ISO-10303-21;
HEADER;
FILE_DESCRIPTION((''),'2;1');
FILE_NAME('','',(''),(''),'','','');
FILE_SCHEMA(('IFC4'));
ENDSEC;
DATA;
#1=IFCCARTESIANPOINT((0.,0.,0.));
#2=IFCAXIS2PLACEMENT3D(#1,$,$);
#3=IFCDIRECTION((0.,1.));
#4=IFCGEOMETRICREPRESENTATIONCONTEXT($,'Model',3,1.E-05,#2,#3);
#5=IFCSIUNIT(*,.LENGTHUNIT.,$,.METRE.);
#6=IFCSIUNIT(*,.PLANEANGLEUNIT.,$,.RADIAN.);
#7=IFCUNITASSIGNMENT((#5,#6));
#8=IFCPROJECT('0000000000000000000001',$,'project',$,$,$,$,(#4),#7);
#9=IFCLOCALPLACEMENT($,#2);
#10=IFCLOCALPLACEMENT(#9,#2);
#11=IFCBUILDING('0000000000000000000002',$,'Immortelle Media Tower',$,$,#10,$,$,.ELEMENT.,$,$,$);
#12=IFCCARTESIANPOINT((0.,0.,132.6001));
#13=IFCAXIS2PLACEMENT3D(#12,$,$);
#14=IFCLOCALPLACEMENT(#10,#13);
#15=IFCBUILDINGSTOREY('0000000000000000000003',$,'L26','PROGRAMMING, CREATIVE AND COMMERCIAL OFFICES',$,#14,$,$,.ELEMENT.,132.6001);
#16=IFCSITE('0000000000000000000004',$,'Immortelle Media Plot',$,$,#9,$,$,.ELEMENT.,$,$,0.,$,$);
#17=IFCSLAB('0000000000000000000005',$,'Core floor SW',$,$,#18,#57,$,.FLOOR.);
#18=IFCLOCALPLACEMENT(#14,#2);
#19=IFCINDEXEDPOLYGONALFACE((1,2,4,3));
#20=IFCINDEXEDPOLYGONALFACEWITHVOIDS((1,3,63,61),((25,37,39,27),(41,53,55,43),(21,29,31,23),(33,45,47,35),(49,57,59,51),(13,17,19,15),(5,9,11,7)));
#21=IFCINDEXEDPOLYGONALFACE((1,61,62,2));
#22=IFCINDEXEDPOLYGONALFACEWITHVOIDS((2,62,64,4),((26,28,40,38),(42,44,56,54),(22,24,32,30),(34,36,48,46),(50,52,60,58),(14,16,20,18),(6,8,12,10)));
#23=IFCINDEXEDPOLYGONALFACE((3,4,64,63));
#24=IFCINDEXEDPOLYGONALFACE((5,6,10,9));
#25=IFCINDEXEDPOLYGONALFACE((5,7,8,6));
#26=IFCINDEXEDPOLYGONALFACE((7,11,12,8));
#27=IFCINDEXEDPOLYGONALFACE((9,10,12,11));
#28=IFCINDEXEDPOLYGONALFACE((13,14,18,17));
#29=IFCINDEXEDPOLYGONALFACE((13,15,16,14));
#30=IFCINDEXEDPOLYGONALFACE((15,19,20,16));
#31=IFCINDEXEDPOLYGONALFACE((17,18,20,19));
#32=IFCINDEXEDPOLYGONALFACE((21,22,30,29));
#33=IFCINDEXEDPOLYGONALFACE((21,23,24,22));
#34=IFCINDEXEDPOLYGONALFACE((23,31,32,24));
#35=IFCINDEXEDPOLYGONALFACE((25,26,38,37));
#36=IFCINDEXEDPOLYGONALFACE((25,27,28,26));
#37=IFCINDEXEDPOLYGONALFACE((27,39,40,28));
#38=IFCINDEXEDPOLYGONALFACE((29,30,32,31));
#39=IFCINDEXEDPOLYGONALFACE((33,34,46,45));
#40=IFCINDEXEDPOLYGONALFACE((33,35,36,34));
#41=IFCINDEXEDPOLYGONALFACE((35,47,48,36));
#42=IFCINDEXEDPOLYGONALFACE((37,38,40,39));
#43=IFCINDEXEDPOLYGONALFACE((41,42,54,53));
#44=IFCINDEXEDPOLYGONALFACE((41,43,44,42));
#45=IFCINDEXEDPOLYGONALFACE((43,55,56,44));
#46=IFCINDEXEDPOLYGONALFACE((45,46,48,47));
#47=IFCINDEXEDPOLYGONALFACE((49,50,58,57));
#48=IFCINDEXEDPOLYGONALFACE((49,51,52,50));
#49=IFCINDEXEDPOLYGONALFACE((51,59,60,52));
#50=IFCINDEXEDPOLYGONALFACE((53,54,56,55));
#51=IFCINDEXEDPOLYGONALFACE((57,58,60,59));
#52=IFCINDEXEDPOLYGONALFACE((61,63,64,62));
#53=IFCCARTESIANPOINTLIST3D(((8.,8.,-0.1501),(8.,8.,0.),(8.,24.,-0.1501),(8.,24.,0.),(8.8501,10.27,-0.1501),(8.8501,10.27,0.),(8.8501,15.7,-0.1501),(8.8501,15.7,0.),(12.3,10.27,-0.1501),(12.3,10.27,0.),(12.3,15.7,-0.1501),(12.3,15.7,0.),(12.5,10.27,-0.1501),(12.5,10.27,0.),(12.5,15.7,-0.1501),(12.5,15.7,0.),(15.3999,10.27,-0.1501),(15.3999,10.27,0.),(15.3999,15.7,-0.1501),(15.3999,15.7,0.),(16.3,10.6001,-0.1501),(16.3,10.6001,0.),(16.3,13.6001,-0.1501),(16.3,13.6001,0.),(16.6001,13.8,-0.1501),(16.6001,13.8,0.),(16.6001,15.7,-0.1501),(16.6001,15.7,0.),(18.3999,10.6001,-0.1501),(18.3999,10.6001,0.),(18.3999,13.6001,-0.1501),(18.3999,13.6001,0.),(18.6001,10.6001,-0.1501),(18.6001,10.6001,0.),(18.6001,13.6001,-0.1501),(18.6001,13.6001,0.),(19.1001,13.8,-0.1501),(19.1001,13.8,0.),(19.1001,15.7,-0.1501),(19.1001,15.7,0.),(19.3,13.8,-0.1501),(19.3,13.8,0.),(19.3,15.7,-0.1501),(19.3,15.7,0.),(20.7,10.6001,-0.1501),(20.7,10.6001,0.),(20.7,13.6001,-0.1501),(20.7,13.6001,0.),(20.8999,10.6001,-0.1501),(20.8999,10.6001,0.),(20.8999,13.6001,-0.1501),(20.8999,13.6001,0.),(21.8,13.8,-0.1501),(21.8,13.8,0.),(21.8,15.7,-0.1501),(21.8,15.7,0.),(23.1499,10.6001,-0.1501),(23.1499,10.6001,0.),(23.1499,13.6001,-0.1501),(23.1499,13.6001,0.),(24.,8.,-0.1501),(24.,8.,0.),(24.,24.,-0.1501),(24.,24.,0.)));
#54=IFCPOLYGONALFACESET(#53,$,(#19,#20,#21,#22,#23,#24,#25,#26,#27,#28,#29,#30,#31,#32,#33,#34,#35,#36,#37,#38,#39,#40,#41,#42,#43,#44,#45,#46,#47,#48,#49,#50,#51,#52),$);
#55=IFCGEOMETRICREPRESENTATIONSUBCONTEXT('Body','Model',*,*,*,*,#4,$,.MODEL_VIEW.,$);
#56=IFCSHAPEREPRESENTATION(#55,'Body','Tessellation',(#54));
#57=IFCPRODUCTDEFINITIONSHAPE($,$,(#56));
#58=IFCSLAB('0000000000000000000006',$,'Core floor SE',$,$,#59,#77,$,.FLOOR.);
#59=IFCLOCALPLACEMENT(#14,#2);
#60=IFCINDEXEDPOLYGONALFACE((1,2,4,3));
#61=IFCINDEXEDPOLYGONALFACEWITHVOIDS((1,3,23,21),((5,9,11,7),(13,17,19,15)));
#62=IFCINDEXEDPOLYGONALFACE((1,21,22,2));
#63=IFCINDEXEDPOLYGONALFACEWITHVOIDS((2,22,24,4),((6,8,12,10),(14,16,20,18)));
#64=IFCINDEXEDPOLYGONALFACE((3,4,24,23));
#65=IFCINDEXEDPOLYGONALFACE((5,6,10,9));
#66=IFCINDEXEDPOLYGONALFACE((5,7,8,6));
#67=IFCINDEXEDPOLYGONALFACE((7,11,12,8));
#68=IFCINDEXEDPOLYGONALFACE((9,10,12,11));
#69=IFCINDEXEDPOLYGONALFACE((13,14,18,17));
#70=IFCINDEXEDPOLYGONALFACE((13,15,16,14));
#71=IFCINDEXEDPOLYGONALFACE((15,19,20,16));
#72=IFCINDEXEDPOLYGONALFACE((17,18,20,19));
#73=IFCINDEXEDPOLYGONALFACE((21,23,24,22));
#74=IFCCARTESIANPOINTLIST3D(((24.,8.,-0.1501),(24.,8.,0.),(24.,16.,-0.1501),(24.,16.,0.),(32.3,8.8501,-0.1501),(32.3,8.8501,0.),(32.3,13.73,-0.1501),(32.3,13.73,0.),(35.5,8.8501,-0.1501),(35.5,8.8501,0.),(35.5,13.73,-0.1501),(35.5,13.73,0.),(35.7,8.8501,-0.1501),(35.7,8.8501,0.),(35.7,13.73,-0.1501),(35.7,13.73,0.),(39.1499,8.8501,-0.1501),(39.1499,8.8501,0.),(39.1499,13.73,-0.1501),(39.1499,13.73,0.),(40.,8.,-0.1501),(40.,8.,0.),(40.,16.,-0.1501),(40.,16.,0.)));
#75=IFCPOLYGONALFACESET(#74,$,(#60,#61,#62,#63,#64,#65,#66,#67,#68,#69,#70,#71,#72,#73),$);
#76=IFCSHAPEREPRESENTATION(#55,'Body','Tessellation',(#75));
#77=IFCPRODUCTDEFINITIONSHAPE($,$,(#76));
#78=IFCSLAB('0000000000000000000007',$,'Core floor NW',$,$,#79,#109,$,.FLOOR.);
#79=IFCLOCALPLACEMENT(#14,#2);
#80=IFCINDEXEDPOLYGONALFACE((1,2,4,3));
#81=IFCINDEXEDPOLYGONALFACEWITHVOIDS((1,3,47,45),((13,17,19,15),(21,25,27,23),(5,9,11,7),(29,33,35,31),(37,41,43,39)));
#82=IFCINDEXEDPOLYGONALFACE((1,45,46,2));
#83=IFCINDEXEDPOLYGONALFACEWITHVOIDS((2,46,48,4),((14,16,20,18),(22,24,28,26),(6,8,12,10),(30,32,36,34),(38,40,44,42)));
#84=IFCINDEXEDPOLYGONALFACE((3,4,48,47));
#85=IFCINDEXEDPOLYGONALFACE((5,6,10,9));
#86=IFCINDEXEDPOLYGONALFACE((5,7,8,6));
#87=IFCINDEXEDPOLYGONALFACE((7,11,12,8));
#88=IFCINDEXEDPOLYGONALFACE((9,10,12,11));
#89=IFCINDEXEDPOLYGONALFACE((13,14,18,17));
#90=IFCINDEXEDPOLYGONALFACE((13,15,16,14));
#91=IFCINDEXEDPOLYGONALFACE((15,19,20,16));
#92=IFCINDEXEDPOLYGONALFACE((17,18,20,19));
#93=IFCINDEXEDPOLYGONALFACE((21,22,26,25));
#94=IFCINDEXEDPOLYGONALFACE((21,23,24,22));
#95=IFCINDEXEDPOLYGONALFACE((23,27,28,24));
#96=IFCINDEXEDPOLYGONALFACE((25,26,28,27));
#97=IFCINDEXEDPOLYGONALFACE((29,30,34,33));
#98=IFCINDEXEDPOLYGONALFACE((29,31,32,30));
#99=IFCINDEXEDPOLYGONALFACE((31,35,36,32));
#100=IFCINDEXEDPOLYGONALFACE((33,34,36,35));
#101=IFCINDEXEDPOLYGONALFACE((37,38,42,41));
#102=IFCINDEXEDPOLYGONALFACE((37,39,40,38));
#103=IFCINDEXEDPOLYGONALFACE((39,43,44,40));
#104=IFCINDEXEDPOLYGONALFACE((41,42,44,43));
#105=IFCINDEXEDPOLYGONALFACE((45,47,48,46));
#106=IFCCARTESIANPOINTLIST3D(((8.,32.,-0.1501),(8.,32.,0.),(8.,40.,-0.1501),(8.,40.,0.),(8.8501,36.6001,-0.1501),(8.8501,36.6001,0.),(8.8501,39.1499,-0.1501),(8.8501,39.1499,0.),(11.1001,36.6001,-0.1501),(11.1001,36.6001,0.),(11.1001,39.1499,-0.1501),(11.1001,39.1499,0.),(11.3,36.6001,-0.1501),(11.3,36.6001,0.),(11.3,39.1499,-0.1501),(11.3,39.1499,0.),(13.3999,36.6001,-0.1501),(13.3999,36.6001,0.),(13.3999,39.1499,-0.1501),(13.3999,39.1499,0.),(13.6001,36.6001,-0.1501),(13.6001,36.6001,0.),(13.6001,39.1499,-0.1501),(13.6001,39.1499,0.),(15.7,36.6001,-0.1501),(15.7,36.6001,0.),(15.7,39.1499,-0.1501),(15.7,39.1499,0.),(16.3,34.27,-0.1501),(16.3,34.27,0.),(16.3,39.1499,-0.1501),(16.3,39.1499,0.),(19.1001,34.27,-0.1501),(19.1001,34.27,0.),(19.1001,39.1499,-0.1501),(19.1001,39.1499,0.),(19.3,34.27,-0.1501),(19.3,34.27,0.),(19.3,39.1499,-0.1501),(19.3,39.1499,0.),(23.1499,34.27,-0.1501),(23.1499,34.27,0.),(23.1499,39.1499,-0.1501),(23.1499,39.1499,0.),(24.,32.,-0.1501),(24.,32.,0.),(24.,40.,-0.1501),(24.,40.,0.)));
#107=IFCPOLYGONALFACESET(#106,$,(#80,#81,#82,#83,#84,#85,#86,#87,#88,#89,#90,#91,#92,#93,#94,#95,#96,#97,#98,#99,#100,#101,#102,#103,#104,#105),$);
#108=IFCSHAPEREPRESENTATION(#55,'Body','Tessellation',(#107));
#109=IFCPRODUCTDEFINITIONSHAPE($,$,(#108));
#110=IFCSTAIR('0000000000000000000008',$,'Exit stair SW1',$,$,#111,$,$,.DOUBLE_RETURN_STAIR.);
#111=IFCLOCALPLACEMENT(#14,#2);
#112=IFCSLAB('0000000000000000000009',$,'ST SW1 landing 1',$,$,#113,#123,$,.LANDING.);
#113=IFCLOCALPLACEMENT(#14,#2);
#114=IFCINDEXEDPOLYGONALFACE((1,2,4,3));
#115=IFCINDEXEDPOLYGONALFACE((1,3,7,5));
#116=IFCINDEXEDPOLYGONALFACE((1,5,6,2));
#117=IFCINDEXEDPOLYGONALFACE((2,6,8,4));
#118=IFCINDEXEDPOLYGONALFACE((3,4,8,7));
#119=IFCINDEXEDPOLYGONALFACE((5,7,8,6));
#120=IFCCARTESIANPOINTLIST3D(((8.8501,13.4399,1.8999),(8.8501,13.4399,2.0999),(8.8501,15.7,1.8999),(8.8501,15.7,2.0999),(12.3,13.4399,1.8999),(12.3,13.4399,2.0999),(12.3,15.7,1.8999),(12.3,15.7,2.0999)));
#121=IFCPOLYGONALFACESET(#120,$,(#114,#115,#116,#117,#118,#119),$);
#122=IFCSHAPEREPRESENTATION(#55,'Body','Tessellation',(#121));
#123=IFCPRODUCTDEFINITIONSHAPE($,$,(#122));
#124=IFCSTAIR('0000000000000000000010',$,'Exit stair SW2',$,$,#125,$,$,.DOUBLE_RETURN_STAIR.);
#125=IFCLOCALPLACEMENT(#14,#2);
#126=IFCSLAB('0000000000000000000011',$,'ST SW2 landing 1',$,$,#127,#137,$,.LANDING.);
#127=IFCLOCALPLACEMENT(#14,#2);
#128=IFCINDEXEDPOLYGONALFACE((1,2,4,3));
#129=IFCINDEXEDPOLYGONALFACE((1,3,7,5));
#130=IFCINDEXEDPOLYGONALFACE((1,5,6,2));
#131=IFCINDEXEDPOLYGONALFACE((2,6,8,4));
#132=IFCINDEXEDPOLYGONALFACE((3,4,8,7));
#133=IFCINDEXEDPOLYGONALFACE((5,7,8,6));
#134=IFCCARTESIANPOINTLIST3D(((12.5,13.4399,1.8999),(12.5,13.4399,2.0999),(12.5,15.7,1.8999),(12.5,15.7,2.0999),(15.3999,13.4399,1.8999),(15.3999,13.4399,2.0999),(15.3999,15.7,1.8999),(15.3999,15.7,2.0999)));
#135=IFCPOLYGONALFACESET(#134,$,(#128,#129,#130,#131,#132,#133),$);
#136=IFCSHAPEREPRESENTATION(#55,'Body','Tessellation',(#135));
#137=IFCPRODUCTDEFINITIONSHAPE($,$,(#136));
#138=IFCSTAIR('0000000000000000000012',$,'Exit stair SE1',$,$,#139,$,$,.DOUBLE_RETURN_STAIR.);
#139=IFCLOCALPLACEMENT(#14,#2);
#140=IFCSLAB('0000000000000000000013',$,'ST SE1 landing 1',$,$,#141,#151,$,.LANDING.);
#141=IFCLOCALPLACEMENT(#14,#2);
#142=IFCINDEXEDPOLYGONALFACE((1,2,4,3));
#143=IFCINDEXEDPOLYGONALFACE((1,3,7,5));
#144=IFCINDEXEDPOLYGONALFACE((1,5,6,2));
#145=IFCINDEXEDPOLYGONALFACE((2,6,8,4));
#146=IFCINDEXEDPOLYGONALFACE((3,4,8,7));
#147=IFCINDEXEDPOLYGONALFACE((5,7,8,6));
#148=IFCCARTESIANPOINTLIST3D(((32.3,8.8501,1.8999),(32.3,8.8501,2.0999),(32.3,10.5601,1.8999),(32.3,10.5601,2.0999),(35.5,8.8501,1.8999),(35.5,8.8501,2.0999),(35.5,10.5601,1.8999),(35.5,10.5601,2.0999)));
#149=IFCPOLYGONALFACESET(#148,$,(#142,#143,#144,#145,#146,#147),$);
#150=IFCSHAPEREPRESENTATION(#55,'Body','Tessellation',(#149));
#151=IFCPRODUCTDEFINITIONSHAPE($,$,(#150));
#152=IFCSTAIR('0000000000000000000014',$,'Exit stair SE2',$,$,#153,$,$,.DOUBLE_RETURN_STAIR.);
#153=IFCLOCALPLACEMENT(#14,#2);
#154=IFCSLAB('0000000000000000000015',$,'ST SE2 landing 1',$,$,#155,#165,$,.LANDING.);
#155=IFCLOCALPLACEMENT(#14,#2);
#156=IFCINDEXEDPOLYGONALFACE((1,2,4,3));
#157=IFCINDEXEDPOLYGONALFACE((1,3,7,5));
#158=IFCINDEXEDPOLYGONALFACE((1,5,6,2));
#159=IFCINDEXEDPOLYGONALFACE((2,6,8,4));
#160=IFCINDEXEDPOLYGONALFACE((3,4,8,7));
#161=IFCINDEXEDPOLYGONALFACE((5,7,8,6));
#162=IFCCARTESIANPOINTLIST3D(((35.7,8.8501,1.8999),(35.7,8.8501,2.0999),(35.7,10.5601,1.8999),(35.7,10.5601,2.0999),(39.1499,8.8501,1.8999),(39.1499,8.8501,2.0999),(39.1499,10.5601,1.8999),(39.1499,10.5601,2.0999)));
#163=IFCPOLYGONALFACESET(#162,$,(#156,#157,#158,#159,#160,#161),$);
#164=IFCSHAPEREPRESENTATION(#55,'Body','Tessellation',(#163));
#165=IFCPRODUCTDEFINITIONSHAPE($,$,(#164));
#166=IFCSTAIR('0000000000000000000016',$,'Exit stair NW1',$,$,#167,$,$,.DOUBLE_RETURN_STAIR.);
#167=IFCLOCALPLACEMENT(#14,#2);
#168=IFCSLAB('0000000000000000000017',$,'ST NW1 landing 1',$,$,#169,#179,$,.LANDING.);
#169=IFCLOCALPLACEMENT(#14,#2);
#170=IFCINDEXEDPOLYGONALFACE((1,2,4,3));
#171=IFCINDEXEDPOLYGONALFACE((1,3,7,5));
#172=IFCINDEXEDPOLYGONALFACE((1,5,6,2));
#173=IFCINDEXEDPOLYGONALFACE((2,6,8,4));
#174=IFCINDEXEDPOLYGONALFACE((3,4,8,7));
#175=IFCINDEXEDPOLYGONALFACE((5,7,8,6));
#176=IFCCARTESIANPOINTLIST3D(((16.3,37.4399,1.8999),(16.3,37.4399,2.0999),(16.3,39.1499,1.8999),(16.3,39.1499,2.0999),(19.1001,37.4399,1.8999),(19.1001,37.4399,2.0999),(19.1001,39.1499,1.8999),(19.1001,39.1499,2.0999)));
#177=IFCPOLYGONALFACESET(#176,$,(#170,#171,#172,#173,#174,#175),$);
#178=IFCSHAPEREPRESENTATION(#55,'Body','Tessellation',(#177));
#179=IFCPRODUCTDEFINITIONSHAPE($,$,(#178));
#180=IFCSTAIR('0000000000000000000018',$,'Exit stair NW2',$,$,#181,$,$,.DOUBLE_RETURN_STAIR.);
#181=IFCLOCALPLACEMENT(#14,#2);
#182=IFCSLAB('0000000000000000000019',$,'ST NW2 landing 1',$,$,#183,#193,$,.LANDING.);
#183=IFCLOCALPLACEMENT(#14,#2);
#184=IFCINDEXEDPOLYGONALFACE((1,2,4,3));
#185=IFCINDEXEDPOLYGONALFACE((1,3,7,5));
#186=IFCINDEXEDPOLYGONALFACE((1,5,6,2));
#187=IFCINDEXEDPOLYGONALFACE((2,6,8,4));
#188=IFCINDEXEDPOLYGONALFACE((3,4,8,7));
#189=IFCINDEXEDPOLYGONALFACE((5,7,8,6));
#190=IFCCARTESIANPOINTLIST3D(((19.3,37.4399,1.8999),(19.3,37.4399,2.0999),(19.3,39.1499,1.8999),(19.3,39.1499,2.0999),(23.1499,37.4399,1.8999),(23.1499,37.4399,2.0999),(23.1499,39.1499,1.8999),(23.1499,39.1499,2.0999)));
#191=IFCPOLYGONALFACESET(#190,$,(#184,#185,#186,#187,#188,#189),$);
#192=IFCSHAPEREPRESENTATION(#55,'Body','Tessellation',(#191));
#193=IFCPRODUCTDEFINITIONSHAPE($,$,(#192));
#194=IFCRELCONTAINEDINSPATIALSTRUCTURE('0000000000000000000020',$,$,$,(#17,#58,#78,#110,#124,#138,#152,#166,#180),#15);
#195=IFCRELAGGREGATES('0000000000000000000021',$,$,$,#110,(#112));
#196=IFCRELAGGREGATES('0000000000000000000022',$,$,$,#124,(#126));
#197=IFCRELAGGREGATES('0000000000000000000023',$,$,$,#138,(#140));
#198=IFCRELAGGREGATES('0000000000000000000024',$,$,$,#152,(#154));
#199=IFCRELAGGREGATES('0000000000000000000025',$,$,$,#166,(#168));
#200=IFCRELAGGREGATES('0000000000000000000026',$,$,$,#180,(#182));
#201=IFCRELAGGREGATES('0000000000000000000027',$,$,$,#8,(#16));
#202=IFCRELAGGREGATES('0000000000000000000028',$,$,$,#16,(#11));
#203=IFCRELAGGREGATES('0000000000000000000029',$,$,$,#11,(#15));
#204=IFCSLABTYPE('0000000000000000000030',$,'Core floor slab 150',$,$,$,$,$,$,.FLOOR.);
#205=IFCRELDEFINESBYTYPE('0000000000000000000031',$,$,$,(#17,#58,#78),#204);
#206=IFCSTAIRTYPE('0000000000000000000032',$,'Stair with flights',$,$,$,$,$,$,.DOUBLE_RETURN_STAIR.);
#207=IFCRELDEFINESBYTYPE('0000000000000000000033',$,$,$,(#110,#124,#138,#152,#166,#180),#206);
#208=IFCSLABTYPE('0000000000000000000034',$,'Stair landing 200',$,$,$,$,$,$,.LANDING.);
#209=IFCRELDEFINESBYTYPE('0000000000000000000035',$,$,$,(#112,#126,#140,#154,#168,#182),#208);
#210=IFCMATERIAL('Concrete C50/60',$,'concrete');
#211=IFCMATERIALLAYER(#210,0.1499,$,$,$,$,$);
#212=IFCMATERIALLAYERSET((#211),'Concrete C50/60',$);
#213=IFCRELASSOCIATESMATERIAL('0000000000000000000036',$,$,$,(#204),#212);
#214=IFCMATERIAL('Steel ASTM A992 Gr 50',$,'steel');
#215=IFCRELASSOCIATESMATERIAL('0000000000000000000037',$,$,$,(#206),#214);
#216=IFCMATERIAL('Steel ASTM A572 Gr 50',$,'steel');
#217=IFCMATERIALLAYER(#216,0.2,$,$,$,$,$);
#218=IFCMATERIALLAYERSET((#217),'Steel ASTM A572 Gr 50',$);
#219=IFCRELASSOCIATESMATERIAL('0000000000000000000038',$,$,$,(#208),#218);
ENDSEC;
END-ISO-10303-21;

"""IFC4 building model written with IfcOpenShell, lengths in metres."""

from ifc_helpers import new_model, si_unit, direction, frame, origin, place, context, subcontext, project, spatial, polyline, outline, extrude, material, layer, layer_set, type_object, element, aggregate, save


model = new_model("IFC4")

# Units and contexts
model_context = context("Model", 3, precision=1e-05, world=origin(), true_north=direction((0.0, 1.0)))
body_context = subcontext(model_context, "Body", "Model", "MODEL_VIEW")
ifc_project = project(units=[si_unit("LENGTHUNIT", "METRE"), si_unit("PLANEANGLEUNIT", "RADIAN")], contexts=[model_context])

# Site, building, storey
site_placement = place(None, origin())
site = spatial("IfcSite", under=ifc_project, at=site_placement, Name="Immortelle Media Plot", CompositionType="ELEMENT", RefElevation=0.0)
building_placement = place(site_placement, origin())
building = spatial("IfcBuilding", under=site, at=building_placement, Name="Immortelle Media Tower", CompositionType="ELEMENT")
storey_placement = place(building_placement, frame((0.0, 0.0, 132.6001)))
storey = spatial("IfcBuildingStorey", under=building, at=storey_placement, Name="L26", Description="PROGRAMMING, CREATIVE AND COMMERCIAL OFFICES", CompositionType="ELEMENT", Elevation=132.6001)

# Slabs
ifc_material_1 = material(Name="Concrete C50/60", Category="concrete")
ifc_layer_1 = layer(ifc_material_1, 0.1499)
ifc_layer_set_1 = layer_set([ifc_layer_1], Name="Concrete C50/60")
slab_type_1 = type_object("IfcSlabType", Name="Core floor slab 150", PredefinedType="FLOOR", material=ifc_layer_set_1)
slab_1_placement = place(storey_placement, frame((0.0, 0.0, -0.1501)))
element("IfcSlab", 1, at=slab_1_placement, inside=storey, type_object=slab_type_1, Name="Core floor SW", PredefinedType="FLOOR", context=body_context, shape_type="SweptSolid", body=[
    extrude(outline(polyline([(8.0, 8.0), (24.0, 8.0), (24.0, 24.0), (8.0, 24.0), (8.0, 8.0)]), holes=[polyline([(16.6001, 13.8), (19.1001, 13.8), (19.1001, 15.7), (16.6001, 15.7), (16.6001, 13.8)]), polyline([(19.3, 13.8), (21.8, 13.8), (21.8, 15.7), (19.3, 15.7), (19.3, 13.8)]), polyline([(16.3, 10.6001), (18.3999, 10.6001), (18.3999, 13.6001), (16.3, 13.6001), (16.3, 10.6001)]), polyline([(18.6001, 10.6001), (20.7, 10.6001), (20.7, 13.6001), (18.6001, 13.6001), (18.6001, 10.6001)]), polyline([(20.8999, 10.6001), (23.1499, 10.6001), (23.1499, 13.6001), (20.8999, 13.6001), (20.8999, 10.6001)]), polyline([(8.8501, 10.27), (12.3, 10.27), (12.3, 15.7), (8.8501, 15.7), (8.8501, 10.27)]), polyline([(12.5, 10.27), (15.3999, 10.27), (15.3999, 15.7), (12.5, 15.7), (12.5, 10.27)])]), origin(), (0.0, 0.0, 1.0), 0.1501),
])
slab_2_placement = place(storey_placement, frame((0.0, 0.0, -0.1501)))
element("IfcSlab", 2, at=slab_2_placement, inside=storey, type_object=slab_type_1, Name="Core floor SE", PredefinedType="FLOOR", context=body_context, shape_type="SweptSolid", body=[
    extrude(outline(polyline([(24.0, 8.0), (40.0, 8.0), (40.0, 16.0), (24.0, 16.0), (24.0, 8.0)]), holes=[polyline([(32.3, 8.8501), (35.5, 8.8501), (35.5, 13.73), (32.3, 13.73), (32.3, 8.8501)]), polyline([(35.7, 8.8501), (39.1499, 8.8501), (39.1499, 13.73), (35.7, 13.73), (35.7, 8.8501)])]), origin(), (0.0, 0.0, 1.0), 0.1501),
])
slab_3_placement = place(storey_placement, frame((0.0, 0.0, -0.1501)))
element("IfcSlab", 3, at=slab_3_placement, inside=storey, type_object=slab_type_1, Name="Core floor NW", PredefinedType="FLOOR", context=body_context, shape_type="SweptSolid", body=[
    extrude(outline(polyline([(8.0, 32.0), (24.0, 32.0), (24.0, 40.0), (8.0, 40.0), (8.0, 32.0)]), holes=[polyline([(8.8501, 36.6001), (11.1001, 36.6001), (11.1001, 39.1499), (8.8501, 39.1499), (8.8501, 36.6001)]), polyline([(11.3, 36.6001), (13.3999, 36.6001), (13.3999, 39.1499), (11.3, 39.1499), (11.3, 36.6001)]), polyline([(13.6001, 36.6001), (15.7, 36.6001), (15.7, 39.1499), (13.6001, 39.1499), (13.6001, 36.6001)]), polyline([(16.3, 34.27), (19.1001, 34.27), (19.1001, 39.1499), (16.3, 39.1499), (16.3, 34.27)]), polyline([(19.3, 34.27), (23.1499, 34.27), (23.1499, 39.1499), (19.3, 39.1499), (19.3, 34.27)])]), origin(), (0.0, 0.0, 1.0), 0.1501),
])

# Stairs, slabs
ifc_material_2 = material(Name="Steel ASTM A992 Gr 50", Category="steel")
stair_type = type_object("IfcStairType", Name="Stair with flights", PredefinedType="DOUBLE_RETURN_STAIR", material=ifc_material_2)
stair_1_placement = place(storey_placement, origin())
stair_1 = element("IfcStair", 4, at=stair_1_placement, inside=storey, type_object=stair_type, Name="Exit stair SW1", PredefinedType="DOUBLE_RETURN_STAIR")
ifc_material_3 = material(Name="Steel ASTM A572 Gr 50", Category="steel")
ifc_layer_2 = layer(ifc_material_3, 0.2)
ifc_layer_set_2 = layer_set([ifc_layer_2], Name="Steel ASTM A572 Gr 50")
slab_type_2 = type_object("IfcSlabType", Name="Stair landing 200", PredefinedType="LANDING", material=ifc_layer_set_2)
slab_4_placement = place(storey_placement, frame((0.0, 0.0, 1.8999)))
slab_4 = element("IfcSlab", 5, at=slab_4_placement, type_object=slab_type_2, Name="ST SW1 landing 1", PredefinedType="LANDING", context=body_context, shape_type="SweptSolid", body=[
    extrude(outline(polyline([(8.8501, 13.4399), (12.3, 13.4399), (12.3, 15.7), (8.8501, 15.7), (8.8501, 13.4399)])), origin(), (0.0, 0.0, 1.0), 0.2),
])
aggregate(stair_1, [slab_4])
stair_2_placement = place(storey_placement, origin())
stair_2 = element("IfcStair", 6, at=stair_2_placement, inside=storey, type_object=stair_type, Name="Exit stair SW2", PredefinedType="DOUBLE_RETURN_STAIR")
slab_5_placement = place(storey_placement, frame((0.0, 0.0, 1.8999)))
slab_5 = element("IfcSlab", 7, at=slab_5_placement, type_object=slab_type_2, Name="ST SW2 landing 1", PredefinedType="LANDING", context=body_context, shape_type="SweptSolid", body=[
    extrude(outline(polyline([(12.5, 13.4399), (15.3999, 13.4399), (15.3999, 15.7), (12.5, 15.7), (12.5, 13.4399)])), origin(), (0.0, 0.0, 1.0), 0.2),
])
aggregate(stair_2, [slab_5])
stair_3_placement = place(storey_placement, origin())
stair_3 = element("IfcStair", 8, at=stair_3_placement, inside=storey, type_object=stair_type, Name="Exit stair SE1", PredefinedType="DOUBLE_RETURN_STAIR")
slab_6_placement = place(storey_placement, frame((0.0, 0.0, 1.8999)))
slab_6 = element("IfcSlab", 9, at=slab_6_placement, type_object=slab_type_2, Name="ST SE1 landing 1", PredefinedType="LANDING", context=body_context, shape_type="SweptSolid", body=[
    extrude(outline(polyline([(32.3, 8.8501), (35.5, 8.8501), (35.5, 10.5601), (32.3, 10.5601), (32.3, 8.8501)])), origin(), (0.0, 0.0, 1.0), 0.2),
])
aggregate(stair_3, [slab_6])
stair_4_placement = place(storey_placement, origin())
stair_4 = element("IfcStair", 10, at=stair_4_placement, inside=storey, type_object=stair_type, Name="Exit stair SE2", PredefinedType="DOUBLE_RETURN_STAIR")
slab_7_placement = place(storey_placement, frame((0.0, 0.0, 1.8999)))
slab_7 = element("IfcSlab", 11, at=slab_7_placement, type_object=slab_type_2, Name="ST SE2 landing 1", PredefinedType="LANDING", context=body_context, shape_type="SweptSolid", body=[
    extrude(outline(polyline([(35.7, 8.8501), (39.1499, 8.8501), (39.1499, 10.5601), (35.7, 10.5601), (35.7, 8.8501)])), origin(), (0.0, 0.0, 1.0), 0.2),
])
aggregate(stair_4, [slab_7])
stair_5_placement = place(storey_placement, origin())
stair_5 = element("IfcStair", 12, at=stair_5_placement, inside=storey, type_object=stair_type, Name="Exit stair NW1", PredefinedType="DOUBLE_RETURN_STAIR")
slab_8_placement = place(storey_placement, frame((0.0, 0.0, 1.8999)))
slab_8 = element("IfcSlab", 13, at=slab_8_placement, type_object=slab_type_2, Name="ST NW1 landing 1", PredefinedType="LANDING", context=body_context, shape_type="SweptSolid", body=[
    extrude(outline(polyline([(16.3, 37.4399), (19.1001, 37.4399), (19.1001, 39.1499), (16.3, 39.1499), (16.3, 37.4399)])), origin(), (0.0, 0.0, 1.0), 0.2),
])
aggregate(stair_5, [slab_8])
stair_6_placement = place(storey_placement, origin())
stair_6 = element("IfcStair", 14, at=stair_6_placement, inside=storey, type_object=stair_type, Name="Exit stair NW2", PredefinedType="DOUBLE_RETURN_STAIR")
slab_9_placement = place(storey_placement, frame((0.0, 0.0, 1.8999)))
slab_9 = element("IfcSlab", 15, at=slab_9_placement, type_object=slab_type_2, Name="ST NW2 landing 1", PredefinedType="LANDING", context=body_context, shape_type="SweptSolid", body=[
    extrude(outline(polyline([(19.3, 37.4399), (23.1499, 37.4399), (23.1499, 39.1499), (19.3, 39.1499), (19.3, 37.4399)])), origin(), (0.0, 0.0, 1.0), 0.2),
])
aggregate(stair_6, [slab_9])

save(model, "model.ifc")
